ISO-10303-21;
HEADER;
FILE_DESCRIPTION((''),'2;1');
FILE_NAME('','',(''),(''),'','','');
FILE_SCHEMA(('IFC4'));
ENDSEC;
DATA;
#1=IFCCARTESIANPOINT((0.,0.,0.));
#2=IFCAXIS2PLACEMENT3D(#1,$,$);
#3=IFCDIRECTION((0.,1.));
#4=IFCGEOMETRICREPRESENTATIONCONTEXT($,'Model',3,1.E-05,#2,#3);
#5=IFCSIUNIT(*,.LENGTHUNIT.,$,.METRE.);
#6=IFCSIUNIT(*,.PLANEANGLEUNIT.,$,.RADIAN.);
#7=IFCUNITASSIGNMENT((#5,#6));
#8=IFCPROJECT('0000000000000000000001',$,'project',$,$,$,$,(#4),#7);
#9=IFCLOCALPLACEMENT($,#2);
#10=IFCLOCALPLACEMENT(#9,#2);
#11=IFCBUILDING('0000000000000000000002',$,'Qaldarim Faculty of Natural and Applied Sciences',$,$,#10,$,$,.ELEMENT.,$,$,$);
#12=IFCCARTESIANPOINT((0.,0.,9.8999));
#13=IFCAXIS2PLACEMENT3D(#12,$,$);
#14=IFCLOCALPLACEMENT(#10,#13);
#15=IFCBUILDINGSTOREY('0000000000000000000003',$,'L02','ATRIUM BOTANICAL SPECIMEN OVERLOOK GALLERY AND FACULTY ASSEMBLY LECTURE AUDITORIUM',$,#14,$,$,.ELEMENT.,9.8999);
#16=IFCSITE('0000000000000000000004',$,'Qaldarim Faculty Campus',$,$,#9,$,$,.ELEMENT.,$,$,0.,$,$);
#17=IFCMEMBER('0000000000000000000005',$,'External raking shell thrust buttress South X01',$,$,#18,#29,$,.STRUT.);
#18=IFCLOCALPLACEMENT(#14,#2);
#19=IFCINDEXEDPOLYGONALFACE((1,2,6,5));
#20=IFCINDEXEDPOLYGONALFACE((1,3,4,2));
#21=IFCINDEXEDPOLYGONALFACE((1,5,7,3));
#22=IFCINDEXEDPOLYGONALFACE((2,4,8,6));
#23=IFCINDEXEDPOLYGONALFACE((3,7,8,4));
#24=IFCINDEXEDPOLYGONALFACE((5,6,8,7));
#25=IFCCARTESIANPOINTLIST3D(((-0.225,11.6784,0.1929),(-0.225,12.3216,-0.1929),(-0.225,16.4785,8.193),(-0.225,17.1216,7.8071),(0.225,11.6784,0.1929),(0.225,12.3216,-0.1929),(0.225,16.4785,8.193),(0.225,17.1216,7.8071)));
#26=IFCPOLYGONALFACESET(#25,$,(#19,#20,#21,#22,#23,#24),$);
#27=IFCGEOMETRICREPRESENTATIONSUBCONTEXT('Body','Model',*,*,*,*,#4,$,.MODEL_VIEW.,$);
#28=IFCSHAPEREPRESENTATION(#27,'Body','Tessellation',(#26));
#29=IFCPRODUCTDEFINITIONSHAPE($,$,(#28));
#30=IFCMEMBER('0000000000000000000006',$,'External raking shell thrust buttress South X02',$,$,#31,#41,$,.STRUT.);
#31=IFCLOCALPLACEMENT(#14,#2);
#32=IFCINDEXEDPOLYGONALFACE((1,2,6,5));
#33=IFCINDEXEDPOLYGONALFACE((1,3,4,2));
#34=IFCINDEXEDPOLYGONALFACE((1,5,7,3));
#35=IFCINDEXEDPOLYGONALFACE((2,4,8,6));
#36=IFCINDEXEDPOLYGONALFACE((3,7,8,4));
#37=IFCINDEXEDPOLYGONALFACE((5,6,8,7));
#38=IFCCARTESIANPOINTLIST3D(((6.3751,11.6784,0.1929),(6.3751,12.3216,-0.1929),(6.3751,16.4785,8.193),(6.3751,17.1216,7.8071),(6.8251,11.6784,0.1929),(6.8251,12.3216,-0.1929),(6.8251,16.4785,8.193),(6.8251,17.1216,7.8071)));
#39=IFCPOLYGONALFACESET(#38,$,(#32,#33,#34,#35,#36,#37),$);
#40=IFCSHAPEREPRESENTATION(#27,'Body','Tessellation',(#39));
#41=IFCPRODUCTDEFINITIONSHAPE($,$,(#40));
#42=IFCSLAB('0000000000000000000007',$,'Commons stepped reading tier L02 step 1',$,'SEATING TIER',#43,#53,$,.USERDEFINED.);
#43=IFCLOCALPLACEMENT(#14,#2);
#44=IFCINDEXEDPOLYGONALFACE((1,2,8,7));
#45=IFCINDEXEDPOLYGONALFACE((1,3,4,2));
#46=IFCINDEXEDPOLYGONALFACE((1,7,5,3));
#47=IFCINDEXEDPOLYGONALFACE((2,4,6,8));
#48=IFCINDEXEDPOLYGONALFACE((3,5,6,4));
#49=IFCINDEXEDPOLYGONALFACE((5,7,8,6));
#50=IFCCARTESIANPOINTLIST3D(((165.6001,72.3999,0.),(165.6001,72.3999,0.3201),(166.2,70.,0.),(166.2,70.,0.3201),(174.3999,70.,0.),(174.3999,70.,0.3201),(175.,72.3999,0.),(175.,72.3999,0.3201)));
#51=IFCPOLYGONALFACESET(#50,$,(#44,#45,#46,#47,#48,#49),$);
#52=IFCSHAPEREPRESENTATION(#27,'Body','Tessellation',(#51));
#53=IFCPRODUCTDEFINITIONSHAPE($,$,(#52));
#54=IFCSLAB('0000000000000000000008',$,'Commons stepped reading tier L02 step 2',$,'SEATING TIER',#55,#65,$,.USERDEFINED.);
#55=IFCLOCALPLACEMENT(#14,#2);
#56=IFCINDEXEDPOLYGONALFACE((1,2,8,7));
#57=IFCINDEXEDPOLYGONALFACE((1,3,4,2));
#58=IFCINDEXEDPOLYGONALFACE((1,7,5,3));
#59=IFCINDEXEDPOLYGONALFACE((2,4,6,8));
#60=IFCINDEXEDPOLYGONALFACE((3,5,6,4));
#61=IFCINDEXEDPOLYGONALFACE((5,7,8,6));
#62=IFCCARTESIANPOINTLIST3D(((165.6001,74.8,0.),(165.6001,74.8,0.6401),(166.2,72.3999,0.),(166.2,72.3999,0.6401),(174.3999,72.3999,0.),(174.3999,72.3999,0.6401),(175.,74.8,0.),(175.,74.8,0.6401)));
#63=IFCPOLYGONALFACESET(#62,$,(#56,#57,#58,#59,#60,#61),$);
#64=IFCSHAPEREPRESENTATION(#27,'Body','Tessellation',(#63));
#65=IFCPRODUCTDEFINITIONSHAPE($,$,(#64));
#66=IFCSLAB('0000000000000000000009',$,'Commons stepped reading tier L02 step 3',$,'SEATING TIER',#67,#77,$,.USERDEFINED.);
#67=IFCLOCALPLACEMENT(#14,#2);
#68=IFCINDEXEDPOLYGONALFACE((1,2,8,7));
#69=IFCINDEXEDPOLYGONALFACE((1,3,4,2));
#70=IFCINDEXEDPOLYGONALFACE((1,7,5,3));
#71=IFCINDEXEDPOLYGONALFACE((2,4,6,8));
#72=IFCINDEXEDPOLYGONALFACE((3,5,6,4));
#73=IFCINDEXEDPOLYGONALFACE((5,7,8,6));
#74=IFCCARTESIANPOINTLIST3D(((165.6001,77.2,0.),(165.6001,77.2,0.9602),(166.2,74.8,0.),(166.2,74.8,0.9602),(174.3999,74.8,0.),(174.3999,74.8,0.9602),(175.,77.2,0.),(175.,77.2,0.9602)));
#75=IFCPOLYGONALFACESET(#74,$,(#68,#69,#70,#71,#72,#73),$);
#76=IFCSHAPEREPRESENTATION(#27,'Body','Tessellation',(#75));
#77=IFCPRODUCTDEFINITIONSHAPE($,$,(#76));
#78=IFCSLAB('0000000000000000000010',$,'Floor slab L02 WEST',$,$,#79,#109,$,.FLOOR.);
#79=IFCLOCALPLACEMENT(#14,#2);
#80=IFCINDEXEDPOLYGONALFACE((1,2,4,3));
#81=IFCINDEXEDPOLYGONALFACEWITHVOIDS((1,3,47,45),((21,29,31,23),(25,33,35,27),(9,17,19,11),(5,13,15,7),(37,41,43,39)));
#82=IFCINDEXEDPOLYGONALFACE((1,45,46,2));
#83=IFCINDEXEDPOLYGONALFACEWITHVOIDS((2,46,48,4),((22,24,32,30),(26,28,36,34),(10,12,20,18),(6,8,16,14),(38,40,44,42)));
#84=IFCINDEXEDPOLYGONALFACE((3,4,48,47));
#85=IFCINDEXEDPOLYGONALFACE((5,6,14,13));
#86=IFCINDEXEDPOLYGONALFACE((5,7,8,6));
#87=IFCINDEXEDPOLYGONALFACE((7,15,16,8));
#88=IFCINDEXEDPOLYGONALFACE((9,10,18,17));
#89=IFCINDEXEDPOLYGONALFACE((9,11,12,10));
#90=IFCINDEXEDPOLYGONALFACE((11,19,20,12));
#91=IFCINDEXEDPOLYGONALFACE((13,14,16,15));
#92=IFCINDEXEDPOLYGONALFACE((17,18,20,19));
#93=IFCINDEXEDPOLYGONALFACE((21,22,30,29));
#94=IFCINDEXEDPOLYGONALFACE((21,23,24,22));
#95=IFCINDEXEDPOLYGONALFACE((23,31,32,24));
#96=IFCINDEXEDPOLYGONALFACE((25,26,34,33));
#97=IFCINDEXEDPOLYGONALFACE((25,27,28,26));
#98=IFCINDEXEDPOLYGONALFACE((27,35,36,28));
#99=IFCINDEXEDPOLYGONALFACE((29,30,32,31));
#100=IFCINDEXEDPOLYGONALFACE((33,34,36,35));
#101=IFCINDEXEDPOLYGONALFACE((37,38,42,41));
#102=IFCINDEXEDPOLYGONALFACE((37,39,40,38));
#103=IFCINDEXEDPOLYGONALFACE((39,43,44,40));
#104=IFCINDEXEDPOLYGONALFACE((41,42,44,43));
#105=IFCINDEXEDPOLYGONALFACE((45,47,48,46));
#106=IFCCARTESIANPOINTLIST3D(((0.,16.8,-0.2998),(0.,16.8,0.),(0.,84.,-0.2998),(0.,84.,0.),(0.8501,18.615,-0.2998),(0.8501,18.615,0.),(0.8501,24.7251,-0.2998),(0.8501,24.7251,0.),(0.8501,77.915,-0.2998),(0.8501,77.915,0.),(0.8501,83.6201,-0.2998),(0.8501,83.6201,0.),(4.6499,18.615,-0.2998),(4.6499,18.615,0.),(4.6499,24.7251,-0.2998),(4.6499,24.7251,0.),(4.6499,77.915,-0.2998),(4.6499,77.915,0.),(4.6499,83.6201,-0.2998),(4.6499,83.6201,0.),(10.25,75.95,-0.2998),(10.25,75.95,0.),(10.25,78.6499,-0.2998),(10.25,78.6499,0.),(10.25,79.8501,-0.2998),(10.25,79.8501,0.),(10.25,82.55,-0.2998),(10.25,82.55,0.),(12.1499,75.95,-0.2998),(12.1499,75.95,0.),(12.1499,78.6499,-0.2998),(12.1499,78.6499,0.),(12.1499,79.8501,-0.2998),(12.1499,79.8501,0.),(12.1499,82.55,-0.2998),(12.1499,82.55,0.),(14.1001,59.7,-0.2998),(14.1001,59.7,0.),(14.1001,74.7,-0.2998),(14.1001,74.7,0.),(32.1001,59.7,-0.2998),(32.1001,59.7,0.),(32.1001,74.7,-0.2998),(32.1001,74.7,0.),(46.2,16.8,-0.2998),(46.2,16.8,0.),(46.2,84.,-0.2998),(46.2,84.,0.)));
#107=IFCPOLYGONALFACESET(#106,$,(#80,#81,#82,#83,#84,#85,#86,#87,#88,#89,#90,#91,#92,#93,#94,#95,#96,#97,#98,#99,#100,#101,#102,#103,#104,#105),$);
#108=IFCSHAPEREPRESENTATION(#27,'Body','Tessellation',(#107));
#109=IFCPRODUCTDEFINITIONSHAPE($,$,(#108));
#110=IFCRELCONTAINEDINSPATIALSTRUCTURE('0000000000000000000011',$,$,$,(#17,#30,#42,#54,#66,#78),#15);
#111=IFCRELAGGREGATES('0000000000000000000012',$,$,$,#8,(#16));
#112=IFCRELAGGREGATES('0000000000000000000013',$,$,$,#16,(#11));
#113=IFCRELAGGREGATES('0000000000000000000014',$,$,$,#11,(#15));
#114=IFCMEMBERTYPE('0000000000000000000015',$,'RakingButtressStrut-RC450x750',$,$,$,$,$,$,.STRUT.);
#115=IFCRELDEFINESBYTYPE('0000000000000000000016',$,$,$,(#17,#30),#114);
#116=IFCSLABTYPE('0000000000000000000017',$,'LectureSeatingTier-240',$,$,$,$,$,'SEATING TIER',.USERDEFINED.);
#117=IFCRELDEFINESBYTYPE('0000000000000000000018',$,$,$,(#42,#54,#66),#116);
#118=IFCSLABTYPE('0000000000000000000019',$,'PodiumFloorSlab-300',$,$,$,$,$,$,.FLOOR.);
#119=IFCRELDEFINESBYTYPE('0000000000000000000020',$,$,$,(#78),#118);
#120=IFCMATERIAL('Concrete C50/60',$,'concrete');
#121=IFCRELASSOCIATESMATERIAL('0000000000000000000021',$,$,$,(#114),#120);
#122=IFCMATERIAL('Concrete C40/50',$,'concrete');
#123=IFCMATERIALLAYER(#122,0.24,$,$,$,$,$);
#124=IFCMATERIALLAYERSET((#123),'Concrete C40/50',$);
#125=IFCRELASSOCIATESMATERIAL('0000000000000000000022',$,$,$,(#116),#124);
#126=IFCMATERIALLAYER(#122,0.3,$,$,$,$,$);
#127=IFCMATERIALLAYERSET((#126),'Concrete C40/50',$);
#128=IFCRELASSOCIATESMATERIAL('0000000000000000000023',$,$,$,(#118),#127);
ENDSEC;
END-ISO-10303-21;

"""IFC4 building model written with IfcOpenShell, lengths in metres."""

from ifc_helpers import new_model, si_unit, direction, frame, origin, origin_2d, place, context, subcontext, project, spatial, polyline, rectangle, outline, extrude, material, layer, layer_set, material_profile, profile_set, type_object, element, save


model = new_model("IFC4")

# Units and contexts
model_context = context("Model", 3, precision=1e-05, world=origin(), true_north=direction((0.0, 1.0)))
body_context = subcontext(model_context, "Body", "Model", "MODEL_VIEW")
ifc_project = project(units=[si_unit("LENGTHUNIT", "METRE"), si_unit("PLANEANGLEUNIT", "RADIAN")], contexts=[model_context])

# Site, building, storey
site_placement = place(None, origin())
site = spatial("IfcSite", under=ifc_project, at=site_placement, Name="Qaldarim Faculty Campus", CompositionType="ELEMENT", RefElevation=0.0)
building_placement = place(site_placement, origin())
building = spatial("IfcBuilding", under=site, at=building_placement, Name="Qaldarim Faculty of Natural and Applied Sciences", CompositionType="ELEMENT")
storey_placement = place(building_placement, frame((0.0, 0.0, 9.8999)))
storey = spatial("IfcBuildingStorey", under=building, at=storey_placement, Name="L02", Description="ATRIUM BOTANICAL SPECIMEN OVERLOOK GALLERY AND FACULTY ASSEMBLY LECTURE AUDITORIUM", CompositionType="ELEMENT", Elevation=9.8999)

# Members
ifc_material_1 = material(Name="Concrete C50/60", Category="concrete")
ifc_material_profile = material_profile(ifc_material_1, rectangle(XDim=0.45, YDim=0.75, at=origin_2d()), Name="RC-S450x750")
ifc_profile_set = profile_set([ifc_material_profile], Name="Concrete C50/60")
member_type = type_object("IfcMemberType", Name="RakingButtressStrut-RC450x750", PredefinedType="STRUT", material=ifc_profile_set)
for number, where, z_axis, x_axis, name in (
    (1, (0.0, 12.0, 0.0), (0.0, 0.5145, 0.857491), (-1.0, 0.0, 0.0), "External raking shell thrust buttress South X01"),
    (2, (6.6001, 12.0, 0.0), (0.0, 0.5145, 0.857491), (-1.0, 0.0, 0.0), "External raking shell thrust buttress South X02"),
):
    element("IfcMember", number, at=place(storey_placement, frame(where, z_axis=z_axis, x_axis=x_axis)), inside=storey, type_object=member_type, Name=name, PredefinedType="STRUT", context=body_context, shape_type="SweptSolid", body=[
        extrude(rectangle(XDim=0.45, YDim=0.75, at=origin_2d()), origin(), (0.0, 0.0, 1.0), 9.3296),
    ])

# Slabs
ifc_material_2 = material(Name="Concrete C40/50", Category="concrete")
ifc_layer_1 = layer(ifc_material_2, 0.24)
ifc_layer_set_1 = layer_set([ifc_layer_1], Name="Concrete C40/50")
slab_type_1 = type_object("IfcSlabType", Name="LectureSeatingTier-240", ElementType="SEATING TIER", PredefinedType="USERDEFINED", material=ifc_layer_set_1)
slab_1_placement = place(storey_placement, origin())
element("IfcSlab", 3, at=slab_1_placement, inside=storey, type_object=slab_type_1, Name="Commons stepped reading tier L02 step 1", ObjectType="SEATING TIER", PredefinedType="USERDEFINED", context=body_context, shape_type="SweptSolid", body=[
    extrude(outline(polyline([(166.2, 70.0), (174.3999, 70.0), (175.0, 72.3999), (165.6001, 72.3999), (166.2, 70.0)])), origin(), (0.0, 0.0, 1.0), 0.3201),
])
slab_2_placement = place(storey_placement, origin())
element("IfcSlab", 4, at=slab_2_placement, inside=storey, type_object=slab_type_1, Name="Commons stepped reading tier L02 step 2", ObjectType="SEATING TIER", PredefinedType="USERDEFINED", context=body_context, shape_type="SweptSolid", body=[
    extrude(outline(polyline([(166.2, 72.3999), (174.3999, 72.3999), (175.0, 74.8), (165.6001, 74.8), (166.2, 72.3999)])), origin(), (0.0, 0.0, 1.0), 0.6401),
])
slab_3_placement = place(storey_placement, origin())
element("IfcSlab", 5, at=slab_3_placement, inside=storey, type_object=slab_type_1, Name="Commons stepped reading tier L02 step 3", ObjectType="SEATING TIER", PredefinedType="USERDEFINED", context=body_context, shape_type="SweptSolid", body=[
    extrude(outline(polyline([(166.2, 74.8), (174.3999, 74.8), (175.0, 77.2), (165.6001, 77.2), (166.2, 74.8)])), origin(), (0.0, 0.0, 1.0), 0.9602),
])
ifc_layer_2 = layer(ifc_material_2, 0.3)
ifc_layer_set_2 = layer_set([ifc_layer_2], Name="Concrete C40/50")
slab_type_2 = type_object("IfcSlabType", Name="PodiumFloorSlab-300", PredefinedType="FLOOR", material=ifc_layer_set_2)
slab_4_placement = place(storey_placement, frame((0.0, 0.0, -0.2998)))
element("IfcSlab", 6, at=slab_4_placement, inside=storey, type_object=slab_type_2, Name="Floor slab L02 WEST", PredefinedType="FLOOR", context=body_context, shape_type="SweptSolid", body=[
    extrude(outline(polyline([(0.0, 16.8), (0.0, 84.0), (46.2, 84.0), (46.2, 16.8), (0.0, 16.8)]), holes=[polyline([(4.6499, 18.615), (4.6499, 24.7251), (0.8501, 24.7251), (0.8501, 18.615), (4.6499, 18.615)]), polyline([(4.6499, 77.915), (4.6499, 83.6201), (0.8501, 83.6201), (0.8501, 77.915), (4.6499, 77.915)]), polyline([(10.25, 75.95), (12.1499, 75.95), (12.1499, 78.6499), (10.25, 78.6499), (10.25, 75.95)]), polyline([(10.25, 79.8501), (12.1499, 79.8501), (12.1499, 82.55), (10.25, 82.55), (10.25, 79.8501)]), polyline([(14.1001, 59.7), (32.1001, 59.7), (32.1001, 74.7), (14.1001, 74.7), (14.1001, 59.7)])]), origin(), (0.0, 0.0, 1.0), 0.2998),
])

save(model, "model.ifc")
